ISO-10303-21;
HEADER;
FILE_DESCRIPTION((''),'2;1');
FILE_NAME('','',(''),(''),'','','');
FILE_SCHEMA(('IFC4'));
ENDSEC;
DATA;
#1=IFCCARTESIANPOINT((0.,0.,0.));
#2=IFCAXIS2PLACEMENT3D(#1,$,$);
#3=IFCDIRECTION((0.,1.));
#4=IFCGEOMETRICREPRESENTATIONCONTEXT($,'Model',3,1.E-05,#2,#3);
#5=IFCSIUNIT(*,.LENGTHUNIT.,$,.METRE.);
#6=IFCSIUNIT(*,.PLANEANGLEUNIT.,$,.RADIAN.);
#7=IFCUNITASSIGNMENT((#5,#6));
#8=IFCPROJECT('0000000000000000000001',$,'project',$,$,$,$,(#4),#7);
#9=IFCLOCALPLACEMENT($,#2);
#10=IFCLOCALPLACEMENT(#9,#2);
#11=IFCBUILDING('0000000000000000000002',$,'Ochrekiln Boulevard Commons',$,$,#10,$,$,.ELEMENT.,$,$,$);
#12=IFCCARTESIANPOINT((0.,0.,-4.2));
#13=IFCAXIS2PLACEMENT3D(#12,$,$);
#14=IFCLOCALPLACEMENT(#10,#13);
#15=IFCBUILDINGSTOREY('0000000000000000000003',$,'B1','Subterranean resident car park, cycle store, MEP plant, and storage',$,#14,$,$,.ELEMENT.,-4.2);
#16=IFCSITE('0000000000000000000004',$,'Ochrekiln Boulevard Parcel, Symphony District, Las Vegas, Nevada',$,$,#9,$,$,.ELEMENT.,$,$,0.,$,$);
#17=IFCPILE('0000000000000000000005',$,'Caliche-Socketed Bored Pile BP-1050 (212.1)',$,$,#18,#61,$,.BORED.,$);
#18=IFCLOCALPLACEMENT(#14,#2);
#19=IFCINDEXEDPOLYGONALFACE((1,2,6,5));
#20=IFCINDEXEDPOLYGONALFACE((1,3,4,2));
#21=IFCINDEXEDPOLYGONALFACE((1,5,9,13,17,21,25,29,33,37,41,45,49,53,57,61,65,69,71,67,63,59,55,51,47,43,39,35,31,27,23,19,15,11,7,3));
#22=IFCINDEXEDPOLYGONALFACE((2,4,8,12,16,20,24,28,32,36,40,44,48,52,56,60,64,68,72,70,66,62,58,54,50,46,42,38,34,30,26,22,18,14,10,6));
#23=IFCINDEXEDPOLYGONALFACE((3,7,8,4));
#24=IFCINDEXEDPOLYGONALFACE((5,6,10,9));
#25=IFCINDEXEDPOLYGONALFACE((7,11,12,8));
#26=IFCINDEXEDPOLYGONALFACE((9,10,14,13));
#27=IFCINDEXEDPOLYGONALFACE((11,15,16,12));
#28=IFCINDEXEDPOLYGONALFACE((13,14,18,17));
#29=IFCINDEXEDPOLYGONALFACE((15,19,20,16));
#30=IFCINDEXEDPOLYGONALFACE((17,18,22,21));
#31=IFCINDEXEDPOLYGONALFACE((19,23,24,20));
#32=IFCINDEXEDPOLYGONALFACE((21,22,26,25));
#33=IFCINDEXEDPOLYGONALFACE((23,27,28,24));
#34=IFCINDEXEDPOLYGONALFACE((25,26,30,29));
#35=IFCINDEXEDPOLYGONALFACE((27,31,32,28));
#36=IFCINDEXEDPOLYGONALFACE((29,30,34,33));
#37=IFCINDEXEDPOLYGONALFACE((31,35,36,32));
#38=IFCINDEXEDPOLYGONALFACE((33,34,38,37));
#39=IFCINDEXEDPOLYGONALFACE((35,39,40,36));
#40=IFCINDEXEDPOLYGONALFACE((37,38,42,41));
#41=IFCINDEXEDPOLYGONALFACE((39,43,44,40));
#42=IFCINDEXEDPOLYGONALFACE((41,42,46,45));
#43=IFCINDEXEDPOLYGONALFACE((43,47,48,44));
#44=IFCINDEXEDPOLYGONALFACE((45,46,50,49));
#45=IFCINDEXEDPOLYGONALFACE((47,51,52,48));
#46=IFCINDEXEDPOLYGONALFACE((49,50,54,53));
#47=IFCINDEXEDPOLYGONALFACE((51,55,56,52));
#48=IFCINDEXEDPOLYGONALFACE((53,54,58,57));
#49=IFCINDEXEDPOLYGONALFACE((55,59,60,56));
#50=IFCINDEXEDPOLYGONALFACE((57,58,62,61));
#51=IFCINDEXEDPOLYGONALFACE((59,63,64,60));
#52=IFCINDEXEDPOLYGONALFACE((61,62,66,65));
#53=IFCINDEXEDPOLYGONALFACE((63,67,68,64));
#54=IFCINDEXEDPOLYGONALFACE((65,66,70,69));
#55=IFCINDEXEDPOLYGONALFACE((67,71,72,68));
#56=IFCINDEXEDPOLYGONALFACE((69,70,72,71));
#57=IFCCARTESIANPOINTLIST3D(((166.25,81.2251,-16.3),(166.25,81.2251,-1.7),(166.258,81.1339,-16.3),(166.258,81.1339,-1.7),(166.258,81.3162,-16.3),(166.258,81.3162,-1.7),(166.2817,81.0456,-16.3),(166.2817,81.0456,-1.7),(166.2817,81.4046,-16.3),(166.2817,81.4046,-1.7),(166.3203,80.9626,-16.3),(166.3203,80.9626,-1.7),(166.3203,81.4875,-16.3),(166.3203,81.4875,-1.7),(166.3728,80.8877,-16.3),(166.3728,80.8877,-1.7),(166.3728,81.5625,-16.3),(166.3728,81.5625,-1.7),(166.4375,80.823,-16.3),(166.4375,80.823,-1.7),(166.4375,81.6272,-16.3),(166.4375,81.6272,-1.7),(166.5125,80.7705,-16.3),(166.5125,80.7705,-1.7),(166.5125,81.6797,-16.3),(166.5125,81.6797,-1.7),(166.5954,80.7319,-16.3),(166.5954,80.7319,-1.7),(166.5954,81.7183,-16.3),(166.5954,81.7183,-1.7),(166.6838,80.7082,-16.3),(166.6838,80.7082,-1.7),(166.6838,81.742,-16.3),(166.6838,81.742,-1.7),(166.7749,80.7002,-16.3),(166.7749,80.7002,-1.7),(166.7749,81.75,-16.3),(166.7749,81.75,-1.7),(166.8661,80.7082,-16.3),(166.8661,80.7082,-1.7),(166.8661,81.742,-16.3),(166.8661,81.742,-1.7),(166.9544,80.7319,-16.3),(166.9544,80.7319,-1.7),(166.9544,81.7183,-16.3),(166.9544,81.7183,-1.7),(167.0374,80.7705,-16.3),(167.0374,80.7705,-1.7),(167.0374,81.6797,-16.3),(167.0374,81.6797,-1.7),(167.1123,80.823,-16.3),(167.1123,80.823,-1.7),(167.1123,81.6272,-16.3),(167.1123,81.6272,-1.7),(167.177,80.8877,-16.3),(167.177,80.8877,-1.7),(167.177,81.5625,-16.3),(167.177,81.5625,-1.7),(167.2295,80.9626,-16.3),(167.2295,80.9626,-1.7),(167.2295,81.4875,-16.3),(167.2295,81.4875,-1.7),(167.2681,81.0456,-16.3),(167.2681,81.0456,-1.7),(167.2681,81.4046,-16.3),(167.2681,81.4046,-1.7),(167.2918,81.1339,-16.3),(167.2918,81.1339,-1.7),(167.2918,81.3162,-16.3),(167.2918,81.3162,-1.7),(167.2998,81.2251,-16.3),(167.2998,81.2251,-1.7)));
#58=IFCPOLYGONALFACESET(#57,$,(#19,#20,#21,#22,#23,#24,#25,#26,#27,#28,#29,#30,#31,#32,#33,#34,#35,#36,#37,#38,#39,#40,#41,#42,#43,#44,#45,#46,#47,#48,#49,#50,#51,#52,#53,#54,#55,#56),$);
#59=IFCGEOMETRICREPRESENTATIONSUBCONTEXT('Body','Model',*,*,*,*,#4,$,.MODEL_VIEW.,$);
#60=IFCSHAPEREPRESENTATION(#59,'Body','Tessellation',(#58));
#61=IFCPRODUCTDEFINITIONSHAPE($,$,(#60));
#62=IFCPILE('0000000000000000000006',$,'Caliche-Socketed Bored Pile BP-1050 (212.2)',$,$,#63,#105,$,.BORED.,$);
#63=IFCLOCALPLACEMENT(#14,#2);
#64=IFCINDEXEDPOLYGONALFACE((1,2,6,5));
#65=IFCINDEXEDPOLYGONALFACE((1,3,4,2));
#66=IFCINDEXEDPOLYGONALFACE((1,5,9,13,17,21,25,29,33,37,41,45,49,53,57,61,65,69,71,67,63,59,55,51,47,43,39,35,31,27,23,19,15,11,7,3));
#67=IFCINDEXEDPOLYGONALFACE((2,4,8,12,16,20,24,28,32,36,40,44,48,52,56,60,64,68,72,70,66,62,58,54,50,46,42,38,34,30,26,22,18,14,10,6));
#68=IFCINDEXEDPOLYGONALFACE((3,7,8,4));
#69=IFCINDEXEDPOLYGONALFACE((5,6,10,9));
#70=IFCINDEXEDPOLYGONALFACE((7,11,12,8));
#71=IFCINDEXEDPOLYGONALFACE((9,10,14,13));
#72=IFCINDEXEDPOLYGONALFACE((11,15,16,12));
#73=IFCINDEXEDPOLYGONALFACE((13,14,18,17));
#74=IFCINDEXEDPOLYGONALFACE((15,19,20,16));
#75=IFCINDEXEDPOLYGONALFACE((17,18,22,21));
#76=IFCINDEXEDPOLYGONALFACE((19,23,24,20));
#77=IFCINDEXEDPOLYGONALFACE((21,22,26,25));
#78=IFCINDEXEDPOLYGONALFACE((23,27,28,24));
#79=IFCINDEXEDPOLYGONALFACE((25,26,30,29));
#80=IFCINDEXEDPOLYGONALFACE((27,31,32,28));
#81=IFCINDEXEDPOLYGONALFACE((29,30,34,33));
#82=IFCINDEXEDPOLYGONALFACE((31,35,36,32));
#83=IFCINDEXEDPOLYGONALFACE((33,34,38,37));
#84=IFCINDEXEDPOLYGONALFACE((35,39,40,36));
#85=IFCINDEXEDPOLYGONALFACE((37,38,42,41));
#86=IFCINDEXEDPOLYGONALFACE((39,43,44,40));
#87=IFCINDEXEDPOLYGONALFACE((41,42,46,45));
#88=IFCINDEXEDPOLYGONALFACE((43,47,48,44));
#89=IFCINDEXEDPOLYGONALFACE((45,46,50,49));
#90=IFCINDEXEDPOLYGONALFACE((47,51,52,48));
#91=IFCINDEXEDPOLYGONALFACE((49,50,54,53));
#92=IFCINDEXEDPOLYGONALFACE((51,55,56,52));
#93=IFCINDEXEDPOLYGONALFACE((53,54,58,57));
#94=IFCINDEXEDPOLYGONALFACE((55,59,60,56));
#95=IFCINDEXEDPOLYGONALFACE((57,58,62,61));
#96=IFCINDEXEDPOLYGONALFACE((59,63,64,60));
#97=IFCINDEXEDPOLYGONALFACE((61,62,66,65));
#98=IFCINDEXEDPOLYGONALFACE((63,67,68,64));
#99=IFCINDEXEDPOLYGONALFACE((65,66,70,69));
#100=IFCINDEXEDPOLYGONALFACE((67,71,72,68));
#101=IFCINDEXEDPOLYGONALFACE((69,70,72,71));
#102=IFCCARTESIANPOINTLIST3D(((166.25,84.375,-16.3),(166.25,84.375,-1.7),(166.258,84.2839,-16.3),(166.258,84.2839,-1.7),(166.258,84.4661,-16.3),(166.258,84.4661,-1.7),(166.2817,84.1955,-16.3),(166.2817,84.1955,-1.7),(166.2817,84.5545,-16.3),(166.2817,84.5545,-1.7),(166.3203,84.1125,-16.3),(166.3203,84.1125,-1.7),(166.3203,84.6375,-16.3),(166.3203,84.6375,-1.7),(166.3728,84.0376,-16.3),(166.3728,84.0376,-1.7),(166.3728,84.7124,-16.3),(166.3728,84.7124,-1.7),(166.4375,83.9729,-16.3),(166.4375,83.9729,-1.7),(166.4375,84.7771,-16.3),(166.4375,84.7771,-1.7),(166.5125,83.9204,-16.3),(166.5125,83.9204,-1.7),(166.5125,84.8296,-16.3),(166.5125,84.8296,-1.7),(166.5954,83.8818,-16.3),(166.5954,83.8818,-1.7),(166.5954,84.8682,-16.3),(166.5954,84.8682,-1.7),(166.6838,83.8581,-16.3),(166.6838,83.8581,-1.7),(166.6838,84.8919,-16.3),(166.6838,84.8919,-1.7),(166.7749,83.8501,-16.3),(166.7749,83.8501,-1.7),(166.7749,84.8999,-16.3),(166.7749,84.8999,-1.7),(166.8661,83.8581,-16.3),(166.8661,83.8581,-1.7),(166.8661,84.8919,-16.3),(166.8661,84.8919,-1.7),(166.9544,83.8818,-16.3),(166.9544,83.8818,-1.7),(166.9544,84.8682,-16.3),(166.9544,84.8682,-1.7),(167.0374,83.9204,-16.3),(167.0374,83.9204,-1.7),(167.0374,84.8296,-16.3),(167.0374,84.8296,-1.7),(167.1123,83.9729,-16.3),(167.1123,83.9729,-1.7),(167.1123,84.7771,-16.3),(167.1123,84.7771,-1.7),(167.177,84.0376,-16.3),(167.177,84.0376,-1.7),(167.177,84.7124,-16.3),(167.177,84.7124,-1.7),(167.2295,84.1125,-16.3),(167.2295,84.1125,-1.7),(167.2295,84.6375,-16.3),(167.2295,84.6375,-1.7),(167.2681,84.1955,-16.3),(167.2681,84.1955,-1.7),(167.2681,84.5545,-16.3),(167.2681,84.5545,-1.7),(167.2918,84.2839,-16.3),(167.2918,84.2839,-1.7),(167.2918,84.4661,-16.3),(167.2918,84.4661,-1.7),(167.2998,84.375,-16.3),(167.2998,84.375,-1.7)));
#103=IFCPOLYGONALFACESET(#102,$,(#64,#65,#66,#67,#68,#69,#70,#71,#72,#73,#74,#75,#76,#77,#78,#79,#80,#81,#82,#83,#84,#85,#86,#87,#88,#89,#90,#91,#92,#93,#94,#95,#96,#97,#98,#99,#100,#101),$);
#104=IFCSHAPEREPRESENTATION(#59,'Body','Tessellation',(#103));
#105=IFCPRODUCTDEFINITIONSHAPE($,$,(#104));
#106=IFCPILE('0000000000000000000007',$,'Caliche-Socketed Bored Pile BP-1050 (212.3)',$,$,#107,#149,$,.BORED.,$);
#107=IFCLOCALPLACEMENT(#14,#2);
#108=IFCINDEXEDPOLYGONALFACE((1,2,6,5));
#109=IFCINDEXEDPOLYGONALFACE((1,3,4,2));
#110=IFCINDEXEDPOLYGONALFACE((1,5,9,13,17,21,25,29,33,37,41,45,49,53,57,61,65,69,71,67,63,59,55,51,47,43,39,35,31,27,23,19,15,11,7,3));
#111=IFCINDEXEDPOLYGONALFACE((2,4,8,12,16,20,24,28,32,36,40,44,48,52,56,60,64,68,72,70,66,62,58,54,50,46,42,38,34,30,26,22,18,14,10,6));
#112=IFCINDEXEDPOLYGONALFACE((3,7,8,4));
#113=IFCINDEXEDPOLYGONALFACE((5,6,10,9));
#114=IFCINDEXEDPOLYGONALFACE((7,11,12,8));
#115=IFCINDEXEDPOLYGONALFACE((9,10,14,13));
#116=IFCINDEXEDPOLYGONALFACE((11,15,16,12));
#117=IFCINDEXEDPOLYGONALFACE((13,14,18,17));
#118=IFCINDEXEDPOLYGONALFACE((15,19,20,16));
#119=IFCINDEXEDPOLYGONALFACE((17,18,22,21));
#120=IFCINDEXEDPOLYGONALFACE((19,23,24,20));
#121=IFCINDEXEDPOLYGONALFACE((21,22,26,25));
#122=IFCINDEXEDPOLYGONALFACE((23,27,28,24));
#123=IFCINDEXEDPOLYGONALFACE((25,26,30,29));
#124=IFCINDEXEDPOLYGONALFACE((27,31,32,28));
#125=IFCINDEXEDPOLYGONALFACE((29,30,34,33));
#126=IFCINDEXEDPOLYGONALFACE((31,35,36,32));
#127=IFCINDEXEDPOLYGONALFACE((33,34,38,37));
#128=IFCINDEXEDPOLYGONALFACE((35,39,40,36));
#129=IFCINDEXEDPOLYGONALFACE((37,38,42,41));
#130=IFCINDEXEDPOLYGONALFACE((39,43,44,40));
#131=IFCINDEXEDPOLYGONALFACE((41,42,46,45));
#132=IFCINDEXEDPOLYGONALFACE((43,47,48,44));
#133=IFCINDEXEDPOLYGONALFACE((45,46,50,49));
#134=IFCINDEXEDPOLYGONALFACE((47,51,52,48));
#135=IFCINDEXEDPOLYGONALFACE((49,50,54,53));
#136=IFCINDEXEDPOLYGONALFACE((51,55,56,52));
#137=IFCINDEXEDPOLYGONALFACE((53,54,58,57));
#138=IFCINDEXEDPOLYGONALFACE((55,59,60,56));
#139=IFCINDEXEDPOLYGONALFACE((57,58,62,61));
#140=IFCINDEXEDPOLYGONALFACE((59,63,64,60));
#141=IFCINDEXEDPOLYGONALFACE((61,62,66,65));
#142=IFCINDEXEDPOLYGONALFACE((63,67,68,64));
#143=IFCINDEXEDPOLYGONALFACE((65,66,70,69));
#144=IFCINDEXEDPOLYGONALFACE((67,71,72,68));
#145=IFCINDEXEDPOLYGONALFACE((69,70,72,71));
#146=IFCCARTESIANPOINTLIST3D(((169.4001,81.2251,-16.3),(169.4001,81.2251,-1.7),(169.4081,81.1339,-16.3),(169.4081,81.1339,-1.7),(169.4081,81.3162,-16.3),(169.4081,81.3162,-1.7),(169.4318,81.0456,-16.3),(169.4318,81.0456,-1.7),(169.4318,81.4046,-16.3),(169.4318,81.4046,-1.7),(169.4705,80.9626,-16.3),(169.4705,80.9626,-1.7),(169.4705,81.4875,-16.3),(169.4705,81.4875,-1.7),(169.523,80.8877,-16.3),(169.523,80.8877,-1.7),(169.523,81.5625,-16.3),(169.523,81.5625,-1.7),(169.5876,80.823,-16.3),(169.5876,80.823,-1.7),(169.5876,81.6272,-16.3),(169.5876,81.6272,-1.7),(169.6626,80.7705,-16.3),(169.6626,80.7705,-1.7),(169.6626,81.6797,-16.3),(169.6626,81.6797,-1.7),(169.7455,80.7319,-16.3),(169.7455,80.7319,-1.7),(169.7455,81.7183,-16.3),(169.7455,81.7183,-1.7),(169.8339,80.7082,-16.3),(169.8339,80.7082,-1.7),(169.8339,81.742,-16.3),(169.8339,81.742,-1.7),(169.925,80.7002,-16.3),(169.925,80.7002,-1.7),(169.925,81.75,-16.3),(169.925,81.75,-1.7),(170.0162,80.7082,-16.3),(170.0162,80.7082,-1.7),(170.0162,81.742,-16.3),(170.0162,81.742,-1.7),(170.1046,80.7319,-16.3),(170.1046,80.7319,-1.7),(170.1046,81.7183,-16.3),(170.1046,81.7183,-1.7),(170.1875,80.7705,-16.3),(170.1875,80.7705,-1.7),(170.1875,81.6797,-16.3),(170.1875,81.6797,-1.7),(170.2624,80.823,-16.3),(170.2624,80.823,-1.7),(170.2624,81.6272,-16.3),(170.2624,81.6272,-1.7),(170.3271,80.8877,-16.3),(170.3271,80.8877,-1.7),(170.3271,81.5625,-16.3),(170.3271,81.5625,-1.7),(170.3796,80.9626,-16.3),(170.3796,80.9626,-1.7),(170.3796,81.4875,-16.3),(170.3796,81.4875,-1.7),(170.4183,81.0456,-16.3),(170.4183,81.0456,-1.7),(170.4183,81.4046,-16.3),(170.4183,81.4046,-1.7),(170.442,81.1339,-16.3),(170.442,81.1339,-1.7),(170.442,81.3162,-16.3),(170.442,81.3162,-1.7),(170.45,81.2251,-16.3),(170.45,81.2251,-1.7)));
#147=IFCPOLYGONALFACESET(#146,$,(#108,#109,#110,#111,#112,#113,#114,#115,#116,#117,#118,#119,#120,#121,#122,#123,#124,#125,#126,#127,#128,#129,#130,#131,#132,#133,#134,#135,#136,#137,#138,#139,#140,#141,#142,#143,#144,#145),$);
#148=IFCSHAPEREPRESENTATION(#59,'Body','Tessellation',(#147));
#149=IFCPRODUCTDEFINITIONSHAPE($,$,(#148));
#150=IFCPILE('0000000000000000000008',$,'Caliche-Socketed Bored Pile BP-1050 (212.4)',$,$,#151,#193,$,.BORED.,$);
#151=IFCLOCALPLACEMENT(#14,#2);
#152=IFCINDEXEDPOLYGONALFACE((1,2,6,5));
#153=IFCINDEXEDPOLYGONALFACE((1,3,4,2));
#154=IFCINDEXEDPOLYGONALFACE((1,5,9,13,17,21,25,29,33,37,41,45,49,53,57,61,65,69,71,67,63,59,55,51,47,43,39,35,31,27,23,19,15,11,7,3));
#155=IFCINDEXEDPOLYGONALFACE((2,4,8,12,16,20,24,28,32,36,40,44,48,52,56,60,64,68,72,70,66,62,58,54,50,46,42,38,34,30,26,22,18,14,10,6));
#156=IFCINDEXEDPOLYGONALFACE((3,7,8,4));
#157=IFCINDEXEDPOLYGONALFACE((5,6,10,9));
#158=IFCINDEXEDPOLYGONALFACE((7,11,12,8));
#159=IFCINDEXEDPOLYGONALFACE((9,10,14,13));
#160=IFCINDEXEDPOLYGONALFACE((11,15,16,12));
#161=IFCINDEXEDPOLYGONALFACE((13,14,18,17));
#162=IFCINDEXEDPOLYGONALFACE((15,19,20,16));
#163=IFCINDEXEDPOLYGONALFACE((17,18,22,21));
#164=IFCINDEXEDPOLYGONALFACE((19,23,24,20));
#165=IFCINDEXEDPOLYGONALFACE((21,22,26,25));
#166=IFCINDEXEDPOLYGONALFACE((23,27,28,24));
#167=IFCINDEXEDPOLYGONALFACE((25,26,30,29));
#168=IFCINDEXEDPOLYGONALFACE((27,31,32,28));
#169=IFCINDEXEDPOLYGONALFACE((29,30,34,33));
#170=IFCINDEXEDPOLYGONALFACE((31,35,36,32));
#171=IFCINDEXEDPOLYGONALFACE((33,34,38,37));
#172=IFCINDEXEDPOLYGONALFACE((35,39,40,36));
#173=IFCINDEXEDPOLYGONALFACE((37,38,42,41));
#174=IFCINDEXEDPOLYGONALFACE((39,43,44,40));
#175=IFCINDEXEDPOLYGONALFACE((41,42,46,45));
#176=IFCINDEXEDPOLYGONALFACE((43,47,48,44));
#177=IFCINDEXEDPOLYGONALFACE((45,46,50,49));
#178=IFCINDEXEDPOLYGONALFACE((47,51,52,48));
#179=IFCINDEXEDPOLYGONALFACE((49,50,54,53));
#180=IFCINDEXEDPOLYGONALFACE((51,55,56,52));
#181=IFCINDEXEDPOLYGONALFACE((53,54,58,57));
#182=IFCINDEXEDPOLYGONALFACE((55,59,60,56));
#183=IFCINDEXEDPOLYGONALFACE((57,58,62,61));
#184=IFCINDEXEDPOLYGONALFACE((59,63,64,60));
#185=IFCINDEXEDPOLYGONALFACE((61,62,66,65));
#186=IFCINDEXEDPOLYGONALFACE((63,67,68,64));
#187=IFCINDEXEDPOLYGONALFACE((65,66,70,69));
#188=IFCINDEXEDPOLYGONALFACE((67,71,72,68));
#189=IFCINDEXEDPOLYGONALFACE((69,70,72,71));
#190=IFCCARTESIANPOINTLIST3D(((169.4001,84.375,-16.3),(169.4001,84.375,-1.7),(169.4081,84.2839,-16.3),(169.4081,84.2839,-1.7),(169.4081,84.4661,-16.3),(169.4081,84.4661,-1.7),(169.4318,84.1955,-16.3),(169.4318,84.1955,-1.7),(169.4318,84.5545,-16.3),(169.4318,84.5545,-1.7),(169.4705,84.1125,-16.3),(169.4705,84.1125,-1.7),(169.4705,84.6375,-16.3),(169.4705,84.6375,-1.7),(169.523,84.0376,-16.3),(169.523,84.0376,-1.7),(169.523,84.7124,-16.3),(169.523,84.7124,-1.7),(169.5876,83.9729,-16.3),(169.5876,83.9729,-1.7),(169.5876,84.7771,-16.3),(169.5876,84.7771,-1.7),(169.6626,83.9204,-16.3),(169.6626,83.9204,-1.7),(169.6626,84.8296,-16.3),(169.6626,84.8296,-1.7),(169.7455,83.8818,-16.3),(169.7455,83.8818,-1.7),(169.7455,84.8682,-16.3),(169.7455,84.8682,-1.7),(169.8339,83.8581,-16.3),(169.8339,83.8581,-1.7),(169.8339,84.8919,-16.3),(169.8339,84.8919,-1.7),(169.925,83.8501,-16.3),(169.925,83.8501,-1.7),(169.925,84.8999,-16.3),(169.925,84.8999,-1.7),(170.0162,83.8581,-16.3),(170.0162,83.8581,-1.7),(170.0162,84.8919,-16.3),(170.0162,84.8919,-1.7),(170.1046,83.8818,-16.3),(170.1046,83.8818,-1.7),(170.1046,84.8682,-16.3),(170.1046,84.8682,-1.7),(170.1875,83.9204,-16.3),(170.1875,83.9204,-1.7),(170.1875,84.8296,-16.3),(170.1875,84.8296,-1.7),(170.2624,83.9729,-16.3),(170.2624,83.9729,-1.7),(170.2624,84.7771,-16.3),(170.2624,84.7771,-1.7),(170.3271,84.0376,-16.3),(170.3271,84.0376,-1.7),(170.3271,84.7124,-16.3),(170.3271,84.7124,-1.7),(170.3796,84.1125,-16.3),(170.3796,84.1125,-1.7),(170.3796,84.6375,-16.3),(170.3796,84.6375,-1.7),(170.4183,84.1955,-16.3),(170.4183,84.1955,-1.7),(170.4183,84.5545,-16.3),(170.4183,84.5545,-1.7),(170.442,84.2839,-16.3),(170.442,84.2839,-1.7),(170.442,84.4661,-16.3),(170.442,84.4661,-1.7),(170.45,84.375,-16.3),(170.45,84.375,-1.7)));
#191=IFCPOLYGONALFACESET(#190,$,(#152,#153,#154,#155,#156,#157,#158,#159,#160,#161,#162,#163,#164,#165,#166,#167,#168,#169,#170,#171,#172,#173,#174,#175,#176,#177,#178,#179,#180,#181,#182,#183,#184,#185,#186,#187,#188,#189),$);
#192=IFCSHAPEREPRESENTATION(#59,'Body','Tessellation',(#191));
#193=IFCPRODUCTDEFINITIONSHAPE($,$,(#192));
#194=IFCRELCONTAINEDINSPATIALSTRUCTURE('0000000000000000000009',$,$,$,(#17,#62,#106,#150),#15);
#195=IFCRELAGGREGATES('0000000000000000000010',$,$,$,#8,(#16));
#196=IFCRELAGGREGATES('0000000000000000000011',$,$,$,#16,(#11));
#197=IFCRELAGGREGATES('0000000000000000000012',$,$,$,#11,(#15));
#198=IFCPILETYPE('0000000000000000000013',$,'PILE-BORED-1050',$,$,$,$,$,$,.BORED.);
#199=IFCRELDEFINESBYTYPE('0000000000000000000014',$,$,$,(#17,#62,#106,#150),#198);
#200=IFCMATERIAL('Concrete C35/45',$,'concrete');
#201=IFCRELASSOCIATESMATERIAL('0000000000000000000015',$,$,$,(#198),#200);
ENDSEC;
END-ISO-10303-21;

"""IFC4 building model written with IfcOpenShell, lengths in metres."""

from ifc_helpers import new_model, si_unit, direction, frame, origin, origin_2d, place, context, subcontext, project, spatial, circle, extrude, material, material_profile, profile_set, type_object, element, save


model = new_model("IFC4")

# Units and contexts
model_context = context("Model", 3, precision=1e-05, world=origin(), true_north=direction((0.0, 1.0)))
body_context = subcontext(model_context, "Body", "Model", "MODEL_VIEW")
ifc_project = project(units=[si_unit("LENGTHUNIT", "METRE"), si_unit("PLANEANGLEUNIT", "RADIAN")], contexts=[model_context])

# Site, building, storey
site_placement = place(None, origin())
site = spatial("IfcSite", under=ifc_project, at=site_placement, Name="Ochrekiln Boulevard Parcel, Symphony District, Las Vegas, Nevada", CompositionType="ELEMENT", RefElevation=0.0)
building_placement = place(site_placement, origin())
building = spatial("IfcBuilding", under=site, at=building_placement, Name="Ochrekiln Boulevard Commons", CompositionType="ELEMENT")
storey_placement = place(building_placement, frame((0.0, 0.0, -4.2)))
storey = spatial("IfcBuildingStorey", under=building, at=storey_placement, Name="B1", Description="Subterranean resident car park, cycle store, MEP plant, and storage", CompositionType="ELEMENT", Elevation=-4.2)

# Shared definitions
ifc_material_1 = material(Name="Concrete C35/45", Category="concrete")

# Piles
ifc_material_profile_1 = material_profile(ifc_material_1, circle(Radius=0.5249, at=origin_2d()), Name="PILE-D1050")
ifc_profile_set_1 = profile_set([ifc_material_profile_1], Name="Concrete C35/45")
pile_type = type_object("IfcPileType", Name="PILE-BORED-1050", PredefinedType="BORED", material=ifc_profile_set_1)
for number, where, z_axis, x_axis, name in (
    (1, (166.7749, 81.2251, -1.7), (0.0, 0.0, -1.0), (1.0, 0.0, 0.0), "Caliche-Socketed Bored Pile BP-1050 (212.1)"),
    (2, (166.7749, 84.375, -1.7), (0.0, 0.0, -1.0), (1.0, 0.0, 0.0), "Caliche-Socketed Bored Pile BP-1050 (212.2)"),
    (3, (169.925, 81.2251, -1.7), (0.0, 0.0, -1.0), (1.0, 0.0, 0.0), "Caliche-Socketed Bored Pile BP-1050 (212.3)"),
    (4, (169.925, 84.375, -1.7), (0.0, 0.0, -1.0), (1.0, 0.0, 0.0), "Caliche-Socketed Bored Pile BP-1050 (212.4)"),
):
    element("IfcPile", number, at=place(storey_placement, frame(where, z_axis=z_axis, x_axis=x_axis)), inside=storey, type_object=pile_type, Name=name, PredefinedType="BORED", context=body_context, shape_type="SweptSolid", body=[
        extrude(circle(Radius=0.5249, at=origin_2d()), origin(), (0.0, 0.0, 1.0), 14.6001),
    ])

save(model, "model.ifc")
